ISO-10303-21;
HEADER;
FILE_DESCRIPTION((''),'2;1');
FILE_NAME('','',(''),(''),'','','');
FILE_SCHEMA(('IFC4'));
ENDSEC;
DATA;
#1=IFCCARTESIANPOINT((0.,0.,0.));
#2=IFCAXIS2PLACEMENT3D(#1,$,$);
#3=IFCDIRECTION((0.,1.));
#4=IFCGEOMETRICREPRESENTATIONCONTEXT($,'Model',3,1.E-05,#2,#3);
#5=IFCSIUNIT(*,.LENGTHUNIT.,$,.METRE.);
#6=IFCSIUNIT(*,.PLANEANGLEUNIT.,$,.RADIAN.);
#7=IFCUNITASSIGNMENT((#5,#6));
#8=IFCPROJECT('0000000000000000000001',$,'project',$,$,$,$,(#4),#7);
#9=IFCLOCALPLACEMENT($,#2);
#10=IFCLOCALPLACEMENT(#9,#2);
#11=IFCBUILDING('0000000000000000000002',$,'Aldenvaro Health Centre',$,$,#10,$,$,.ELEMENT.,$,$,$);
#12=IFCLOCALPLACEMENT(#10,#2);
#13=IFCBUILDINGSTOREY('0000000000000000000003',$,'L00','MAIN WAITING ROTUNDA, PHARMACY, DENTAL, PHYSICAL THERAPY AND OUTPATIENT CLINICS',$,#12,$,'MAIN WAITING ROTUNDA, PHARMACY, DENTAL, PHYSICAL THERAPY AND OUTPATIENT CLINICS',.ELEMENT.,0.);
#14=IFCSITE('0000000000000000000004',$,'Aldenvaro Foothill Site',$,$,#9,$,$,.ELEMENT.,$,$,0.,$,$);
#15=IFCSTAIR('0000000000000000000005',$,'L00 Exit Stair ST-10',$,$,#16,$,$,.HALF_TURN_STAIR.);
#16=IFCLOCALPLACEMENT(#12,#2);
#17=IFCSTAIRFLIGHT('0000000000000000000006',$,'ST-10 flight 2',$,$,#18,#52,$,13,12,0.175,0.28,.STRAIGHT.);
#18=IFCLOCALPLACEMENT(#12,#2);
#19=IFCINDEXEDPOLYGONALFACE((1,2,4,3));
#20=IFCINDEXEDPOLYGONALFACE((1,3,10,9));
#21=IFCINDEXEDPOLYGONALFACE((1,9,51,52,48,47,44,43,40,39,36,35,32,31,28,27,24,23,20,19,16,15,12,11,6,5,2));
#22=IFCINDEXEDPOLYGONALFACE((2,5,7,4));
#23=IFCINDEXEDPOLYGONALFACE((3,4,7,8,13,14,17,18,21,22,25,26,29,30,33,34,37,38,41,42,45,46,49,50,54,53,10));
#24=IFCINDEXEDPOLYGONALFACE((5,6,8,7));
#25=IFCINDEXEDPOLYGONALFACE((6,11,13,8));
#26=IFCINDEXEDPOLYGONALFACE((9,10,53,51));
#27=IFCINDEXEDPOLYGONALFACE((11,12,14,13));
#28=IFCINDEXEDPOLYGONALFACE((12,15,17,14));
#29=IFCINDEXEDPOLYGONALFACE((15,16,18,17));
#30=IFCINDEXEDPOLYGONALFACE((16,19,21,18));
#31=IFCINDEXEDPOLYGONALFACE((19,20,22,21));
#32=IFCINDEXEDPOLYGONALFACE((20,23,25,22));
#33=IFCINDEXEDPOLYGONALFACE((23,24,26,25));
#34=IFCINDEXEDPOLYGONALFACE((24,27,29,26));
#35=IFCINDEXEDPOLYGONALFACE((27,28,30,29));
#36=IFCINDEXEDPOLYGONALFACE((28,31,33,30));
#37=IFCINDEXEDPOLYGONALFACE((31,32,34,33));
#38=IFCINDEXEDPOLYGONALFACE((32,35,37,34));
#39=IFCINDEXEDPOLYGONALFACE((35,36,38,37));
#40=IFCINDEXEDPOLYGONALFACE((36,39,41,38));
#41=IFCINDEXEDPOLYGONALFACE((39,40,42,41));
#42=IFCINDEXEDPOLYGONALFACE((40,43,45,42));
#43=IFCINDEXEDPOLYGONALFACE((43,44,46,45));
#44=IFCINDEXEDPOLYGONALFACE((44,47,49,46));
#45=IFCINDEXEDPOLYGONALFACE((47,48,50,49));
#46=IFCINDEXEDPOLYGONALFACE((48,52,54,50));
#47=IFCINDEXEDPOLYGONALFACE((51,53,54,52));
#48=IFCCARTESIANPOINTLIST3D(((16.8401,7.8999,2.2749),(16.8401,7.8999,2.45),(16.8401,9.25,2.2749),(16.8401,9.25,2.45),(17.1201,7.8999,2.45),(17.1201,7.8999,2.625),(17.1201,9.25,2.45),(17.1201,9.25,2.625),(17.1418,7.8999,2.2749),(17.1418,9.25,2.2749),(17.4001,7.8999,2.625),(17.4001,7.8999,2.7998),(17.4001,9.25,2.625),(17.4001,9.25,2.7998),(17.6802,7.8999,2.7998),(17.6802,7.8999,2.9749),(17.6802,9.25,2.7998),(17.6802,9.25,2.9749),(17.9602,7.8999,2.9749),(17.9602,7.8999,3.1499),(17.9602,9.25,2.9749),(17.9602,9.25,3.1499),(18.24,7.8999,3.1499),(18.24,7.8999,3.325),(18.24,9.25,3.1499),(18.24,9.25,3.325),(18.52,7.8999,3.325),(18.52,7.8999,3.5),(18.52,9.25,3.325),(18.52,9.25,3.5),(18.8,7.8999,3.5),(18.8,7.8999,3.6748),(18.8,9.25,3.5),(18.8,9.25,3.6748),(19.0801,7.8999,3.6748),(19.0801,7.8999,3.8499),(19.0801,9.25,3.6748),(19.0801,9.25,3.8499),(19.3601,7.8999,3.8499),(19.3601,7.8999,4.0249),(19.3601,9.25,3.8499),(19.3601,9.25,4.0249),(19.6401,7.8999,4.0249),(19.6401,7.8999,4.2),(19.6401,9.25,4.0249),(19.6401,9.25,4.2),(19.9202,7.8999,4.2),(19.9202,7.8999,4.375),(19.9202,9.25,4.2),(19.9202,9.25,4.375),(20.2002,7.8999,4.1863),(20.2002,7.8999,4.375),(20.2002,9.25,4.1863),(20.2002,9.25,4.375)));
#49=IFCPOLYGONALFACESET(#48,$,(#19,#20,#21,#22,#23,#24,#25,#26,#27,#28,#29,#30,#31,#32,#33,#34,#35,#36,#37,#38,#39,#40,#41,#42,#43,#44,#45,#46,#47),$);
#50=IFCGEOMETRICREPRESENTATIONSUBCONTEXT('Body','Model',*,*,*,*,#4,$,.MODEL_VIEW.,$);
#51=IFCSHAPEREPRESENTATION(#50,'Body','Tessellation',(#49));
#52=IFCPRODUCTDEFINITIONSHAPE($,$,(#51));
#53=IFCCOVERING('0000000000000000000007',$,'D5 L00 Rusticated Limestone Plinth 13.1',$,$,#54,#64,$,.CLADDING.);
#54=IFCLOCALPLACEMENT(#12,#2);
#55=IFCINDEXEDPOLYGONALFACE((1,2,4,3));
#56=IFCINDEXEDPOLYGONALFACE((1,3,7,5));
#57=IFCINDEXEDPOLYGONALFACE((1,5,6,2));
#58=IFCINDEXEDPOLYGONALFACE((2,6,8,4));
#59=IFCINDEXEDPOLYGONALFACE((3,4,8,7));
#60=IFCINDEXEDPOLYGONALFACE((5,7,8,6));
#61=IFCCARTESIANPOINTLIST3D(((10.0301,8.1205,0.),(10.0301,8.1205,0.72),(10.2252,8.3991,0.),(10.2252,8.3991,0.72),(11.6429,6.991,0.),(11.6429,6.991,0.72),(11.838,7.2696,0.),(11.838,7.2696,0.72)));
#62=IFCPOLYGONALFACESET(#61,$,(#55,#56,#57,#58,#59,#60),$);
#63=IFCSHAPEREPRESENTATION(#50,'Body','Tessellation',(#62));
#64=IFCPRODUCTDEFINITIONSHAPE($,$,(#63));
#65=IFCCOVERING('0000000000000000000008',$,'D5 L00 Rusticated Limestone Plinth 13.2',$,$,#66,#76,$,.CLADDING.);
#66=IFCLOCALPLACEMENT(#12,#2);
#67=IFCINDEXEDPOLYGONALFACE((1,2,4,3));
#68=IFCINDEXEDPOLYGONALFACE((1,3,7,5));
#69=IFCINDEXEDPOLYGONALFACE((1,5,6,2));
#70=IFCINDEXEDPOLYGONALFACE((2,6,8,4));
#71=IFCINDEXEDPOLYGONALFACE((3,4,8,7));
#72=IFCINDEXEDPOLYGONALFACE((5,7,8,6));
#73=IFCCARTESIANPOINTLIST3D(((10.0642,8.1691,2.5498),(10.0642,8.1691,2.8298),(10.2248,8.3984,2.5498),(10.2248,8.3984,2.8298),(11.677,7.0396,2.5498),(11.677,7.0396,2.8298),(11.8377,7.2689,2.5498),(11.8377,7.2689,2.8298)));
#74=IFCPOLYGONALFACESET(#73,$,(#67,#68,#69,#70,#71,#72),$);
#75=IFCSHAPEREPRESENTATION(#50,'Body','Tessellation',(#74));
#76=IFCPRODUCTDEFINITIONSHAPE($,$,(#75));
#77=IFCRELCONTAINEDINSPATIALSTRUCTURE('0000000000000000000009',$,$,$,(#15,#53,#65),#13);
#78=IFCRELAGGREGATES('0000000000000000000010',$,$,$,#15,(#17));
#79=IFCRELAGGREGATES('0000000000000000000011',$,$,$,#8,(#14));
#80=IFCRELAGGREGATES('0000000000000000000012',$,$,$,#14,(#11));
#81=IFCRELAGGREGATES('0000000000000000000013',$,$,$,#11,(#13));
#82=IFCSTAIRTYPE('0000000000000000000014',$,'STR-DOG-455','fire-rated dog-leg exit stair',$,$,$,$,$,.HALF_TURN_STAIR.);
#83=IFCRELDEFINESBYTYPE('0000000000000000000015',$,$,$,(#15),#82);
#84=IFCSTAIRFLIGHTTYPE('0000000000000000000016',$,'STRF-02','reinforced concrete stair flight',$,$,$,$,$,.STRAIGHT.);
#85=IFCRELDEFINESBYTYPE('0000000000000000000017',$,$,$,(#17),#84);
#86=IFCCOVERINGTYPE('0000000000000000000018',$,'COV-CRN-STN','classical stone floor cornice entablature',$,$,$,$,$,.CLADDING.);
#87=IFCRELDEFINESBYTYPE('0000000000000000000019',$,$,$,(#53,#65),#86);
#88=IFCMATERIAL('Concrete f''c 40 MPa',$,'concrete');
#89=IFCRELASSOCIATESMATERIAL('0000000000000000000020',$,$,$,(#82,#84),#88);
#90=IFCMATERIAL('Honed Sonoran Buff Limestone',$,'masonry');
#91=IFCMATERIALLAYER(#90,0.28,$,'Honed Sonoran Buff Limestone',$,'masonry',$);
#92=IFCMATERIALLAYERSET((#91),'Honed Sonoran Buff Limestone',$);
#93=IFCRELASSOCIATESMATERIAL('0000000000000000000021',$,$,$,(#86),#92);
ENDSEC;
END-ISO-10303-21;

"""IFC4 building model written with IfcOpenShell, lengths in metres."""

from ifc_helpers import new_model, si_unit, direction, frame, origin, origin_2d, place, context, subcontext, project, spatial, polyline, rectangle, outline, extrude, material, layer, layer_set, type_object, element, aggregate, save


model = new_model("IFC4")

# Units and contexts
model_context = context("Model", 3, precision=1e-05, world=origin(), true_north=direction((0.0, 1.0)))
body_context = subcontext(model_context, "Body", "Model", "MODEL_VIEW")
ifc_project = project(units=[si_unit("LENGTHUNIT", "METRE"), si_unit("PLANEANGLEUNIT", "RADIAN")], contexts=[model_context])

# Site, building, storey
site_placement = place(None, origin())
site = spatial("IfcSite", under=ifc_project, at=site_placement, Name="Aldenvaro Foothill Site", CompositionType="ELEMENT", RefElevation=0.0)
building_placement = place(site_placement, origin())
building = spatial("IfcBuilding", under=site, at=building_placement, Name="Aldenvaro Health Centre", CompositionType="ELEMENT")
storey_placement = place(building_placement, origin())
storey = spatial("IfcBuildingStorey", under=building, at=storey_placement, Name="L00", Description="MAIN WAITING ROTUNDA, PHARMACY, DENTAL, PHYSICAL THERAPY AND OUTPATIENT CLINICS", LongName="MAIN WAITING ROTUNDA, PHARMACY, DENTAL, PHYSICAL THERAPY AND OUTPATIENT CLINICS", CompositionType="ELEMENT", Elevation=0.0)

# Shared definitions
ifc_material_1 = material(Name="Concrete f'c 40 MPa", Category="concrete")

# Stair, stair flight
stair_type = type_object("IfcStairType", Name="STR-DOG-455", Description="fire-rated dog-leg exit stair", PredefinedType="HALF_TURN_STAIR", material=ifc_material_1)
stair_1_placement = place(storey_placement, origin())
stair_1 = element("IfcStair", 1, at=stair_1_placement, inside=storey, type_object=stair_type, Name="L00 Exit Stair ST-10", PredefinedType="HALF_TURN_STAIR")
stair_flight_type_1 = type_object("IfcStairFlightType", Name="STRF-02", Description="reinforced concrete stair flight", PredefinedType="STRAIGHT", material=ifc_material_1)
stair_flight_1_placement = place(storey_placement, frame((16.8401, 8.575, 2.2749), z_axis=(0.0, 0.0, 1.0), x_axis=(1.0, 0.0, 0.0)))
stair_flight_1 = element("IfcStairFlight", 2, at=stair_flight_1_placement, type_object=stair_flight_type_1, Name="ST-10 flight 2", NumberOfRisers=13, NumberOfTreads=12, PredefinedType="STRAIGHT", RiserHeight=0.175, TreadLength=0.28, context=body_context, shape_type="SweptSolid", body=[
    extrude(outline(polyline([(0.0, 0.0), (0.0, 0.175), (0.28, 0.175), (0.28, 0.3501), (0.5601, 0.3501), (0.5601, 0.5249), (0.8401, 0.5249), (0.8401, 0.7), (1.1201, 0.7), (1.1201, 0.875), (1.3999, 0.875), (1.3999, 1.05), (1.6799, 1.05), (1.6799, 1.2251), (1.96, 1.2251), (1.96, 1.3999), (2.24, 1.3999), (2.24, 1.575), (2.52, 1.575), (2.52, 1.75), (2.8, 1.75), (2.8, 1.925), (3.0801, 1.925), (3.0801, 2.1001), (3.3601, 2.1001), (3.3601, 2.2749), (3.3601, 1.9114), (0.3018, 0.0), (0.0, 0.0)])), frame((0.0, 0.675, 0.0), z_axis=(0.0, -1.0, 0.0), x_axis=(1.0, 0.0, 0.0)), (0.0, 0.0, 1.0), 1.3501),
])
aggregate(stair_1, [stair_flight_1])

# Coverings
ifc_material_2 = material(Name="Honed Sonoran Buff Limestone", Category="masonry")
ifc_layer_1 = layer(ifc_material_2, 0.28, Name="Honed Sonoran Buff Limestone", Category="masonry")
ifc_layer_set_1 = layer_set([ifc_layer_1], Name="Honed Sonoran Buff Limestone")
covering_type = type_object("IfcCoveringType", Name="COV-CRN-STN", Description="classical stone floor cornice entablature", PredefinedType="CLADDING", material=ifc_layer_set_1)
covering_1_placement = place(storey_placement, frame((10.9341, 7.6951, 0.0), z_axis=(0.0, 0.0, 1.0), x_axis=(-0.819107, 0.573641, 0.0)))
element("IfcCovering", 3, at=covering_1_placement, inside=storey, type_object=covering_type, Name="D5 L00 Rusticated Limestone Plinth 13.1", PredefinedType="CLADDING", context=body_context, shape_type="SweptSolid", body=[
    extrude(rectangle(XDim=1.969, YDim=0.3401, at=origin_2d()), origin(), (0.0, 0.0, 1.0), 0.72),
])
covering_2_placement = place(storey_placement, frame((10.9509, 7.719, 2.5498), z_axis=(0.0, 0.0, 1.0), x_axis=(-0.819107, 0.573641, 0.0)))
element("IfcCovering", 4, at=covering_2_placement, inside=storey, type_object=covering_type, Name="D5 L00 Rusticated Limestone Plinth 13.2", PredefinedType="CLADDING", context=body_context, shape_type="SweptSolid", body=[
    extrude(rectangle(XDim=1.969, YDim=0.28, at=origin_2d()), origin(), (0.0, 0.0, 1.0), 0.28),
])

save(model, "model.ifc")
